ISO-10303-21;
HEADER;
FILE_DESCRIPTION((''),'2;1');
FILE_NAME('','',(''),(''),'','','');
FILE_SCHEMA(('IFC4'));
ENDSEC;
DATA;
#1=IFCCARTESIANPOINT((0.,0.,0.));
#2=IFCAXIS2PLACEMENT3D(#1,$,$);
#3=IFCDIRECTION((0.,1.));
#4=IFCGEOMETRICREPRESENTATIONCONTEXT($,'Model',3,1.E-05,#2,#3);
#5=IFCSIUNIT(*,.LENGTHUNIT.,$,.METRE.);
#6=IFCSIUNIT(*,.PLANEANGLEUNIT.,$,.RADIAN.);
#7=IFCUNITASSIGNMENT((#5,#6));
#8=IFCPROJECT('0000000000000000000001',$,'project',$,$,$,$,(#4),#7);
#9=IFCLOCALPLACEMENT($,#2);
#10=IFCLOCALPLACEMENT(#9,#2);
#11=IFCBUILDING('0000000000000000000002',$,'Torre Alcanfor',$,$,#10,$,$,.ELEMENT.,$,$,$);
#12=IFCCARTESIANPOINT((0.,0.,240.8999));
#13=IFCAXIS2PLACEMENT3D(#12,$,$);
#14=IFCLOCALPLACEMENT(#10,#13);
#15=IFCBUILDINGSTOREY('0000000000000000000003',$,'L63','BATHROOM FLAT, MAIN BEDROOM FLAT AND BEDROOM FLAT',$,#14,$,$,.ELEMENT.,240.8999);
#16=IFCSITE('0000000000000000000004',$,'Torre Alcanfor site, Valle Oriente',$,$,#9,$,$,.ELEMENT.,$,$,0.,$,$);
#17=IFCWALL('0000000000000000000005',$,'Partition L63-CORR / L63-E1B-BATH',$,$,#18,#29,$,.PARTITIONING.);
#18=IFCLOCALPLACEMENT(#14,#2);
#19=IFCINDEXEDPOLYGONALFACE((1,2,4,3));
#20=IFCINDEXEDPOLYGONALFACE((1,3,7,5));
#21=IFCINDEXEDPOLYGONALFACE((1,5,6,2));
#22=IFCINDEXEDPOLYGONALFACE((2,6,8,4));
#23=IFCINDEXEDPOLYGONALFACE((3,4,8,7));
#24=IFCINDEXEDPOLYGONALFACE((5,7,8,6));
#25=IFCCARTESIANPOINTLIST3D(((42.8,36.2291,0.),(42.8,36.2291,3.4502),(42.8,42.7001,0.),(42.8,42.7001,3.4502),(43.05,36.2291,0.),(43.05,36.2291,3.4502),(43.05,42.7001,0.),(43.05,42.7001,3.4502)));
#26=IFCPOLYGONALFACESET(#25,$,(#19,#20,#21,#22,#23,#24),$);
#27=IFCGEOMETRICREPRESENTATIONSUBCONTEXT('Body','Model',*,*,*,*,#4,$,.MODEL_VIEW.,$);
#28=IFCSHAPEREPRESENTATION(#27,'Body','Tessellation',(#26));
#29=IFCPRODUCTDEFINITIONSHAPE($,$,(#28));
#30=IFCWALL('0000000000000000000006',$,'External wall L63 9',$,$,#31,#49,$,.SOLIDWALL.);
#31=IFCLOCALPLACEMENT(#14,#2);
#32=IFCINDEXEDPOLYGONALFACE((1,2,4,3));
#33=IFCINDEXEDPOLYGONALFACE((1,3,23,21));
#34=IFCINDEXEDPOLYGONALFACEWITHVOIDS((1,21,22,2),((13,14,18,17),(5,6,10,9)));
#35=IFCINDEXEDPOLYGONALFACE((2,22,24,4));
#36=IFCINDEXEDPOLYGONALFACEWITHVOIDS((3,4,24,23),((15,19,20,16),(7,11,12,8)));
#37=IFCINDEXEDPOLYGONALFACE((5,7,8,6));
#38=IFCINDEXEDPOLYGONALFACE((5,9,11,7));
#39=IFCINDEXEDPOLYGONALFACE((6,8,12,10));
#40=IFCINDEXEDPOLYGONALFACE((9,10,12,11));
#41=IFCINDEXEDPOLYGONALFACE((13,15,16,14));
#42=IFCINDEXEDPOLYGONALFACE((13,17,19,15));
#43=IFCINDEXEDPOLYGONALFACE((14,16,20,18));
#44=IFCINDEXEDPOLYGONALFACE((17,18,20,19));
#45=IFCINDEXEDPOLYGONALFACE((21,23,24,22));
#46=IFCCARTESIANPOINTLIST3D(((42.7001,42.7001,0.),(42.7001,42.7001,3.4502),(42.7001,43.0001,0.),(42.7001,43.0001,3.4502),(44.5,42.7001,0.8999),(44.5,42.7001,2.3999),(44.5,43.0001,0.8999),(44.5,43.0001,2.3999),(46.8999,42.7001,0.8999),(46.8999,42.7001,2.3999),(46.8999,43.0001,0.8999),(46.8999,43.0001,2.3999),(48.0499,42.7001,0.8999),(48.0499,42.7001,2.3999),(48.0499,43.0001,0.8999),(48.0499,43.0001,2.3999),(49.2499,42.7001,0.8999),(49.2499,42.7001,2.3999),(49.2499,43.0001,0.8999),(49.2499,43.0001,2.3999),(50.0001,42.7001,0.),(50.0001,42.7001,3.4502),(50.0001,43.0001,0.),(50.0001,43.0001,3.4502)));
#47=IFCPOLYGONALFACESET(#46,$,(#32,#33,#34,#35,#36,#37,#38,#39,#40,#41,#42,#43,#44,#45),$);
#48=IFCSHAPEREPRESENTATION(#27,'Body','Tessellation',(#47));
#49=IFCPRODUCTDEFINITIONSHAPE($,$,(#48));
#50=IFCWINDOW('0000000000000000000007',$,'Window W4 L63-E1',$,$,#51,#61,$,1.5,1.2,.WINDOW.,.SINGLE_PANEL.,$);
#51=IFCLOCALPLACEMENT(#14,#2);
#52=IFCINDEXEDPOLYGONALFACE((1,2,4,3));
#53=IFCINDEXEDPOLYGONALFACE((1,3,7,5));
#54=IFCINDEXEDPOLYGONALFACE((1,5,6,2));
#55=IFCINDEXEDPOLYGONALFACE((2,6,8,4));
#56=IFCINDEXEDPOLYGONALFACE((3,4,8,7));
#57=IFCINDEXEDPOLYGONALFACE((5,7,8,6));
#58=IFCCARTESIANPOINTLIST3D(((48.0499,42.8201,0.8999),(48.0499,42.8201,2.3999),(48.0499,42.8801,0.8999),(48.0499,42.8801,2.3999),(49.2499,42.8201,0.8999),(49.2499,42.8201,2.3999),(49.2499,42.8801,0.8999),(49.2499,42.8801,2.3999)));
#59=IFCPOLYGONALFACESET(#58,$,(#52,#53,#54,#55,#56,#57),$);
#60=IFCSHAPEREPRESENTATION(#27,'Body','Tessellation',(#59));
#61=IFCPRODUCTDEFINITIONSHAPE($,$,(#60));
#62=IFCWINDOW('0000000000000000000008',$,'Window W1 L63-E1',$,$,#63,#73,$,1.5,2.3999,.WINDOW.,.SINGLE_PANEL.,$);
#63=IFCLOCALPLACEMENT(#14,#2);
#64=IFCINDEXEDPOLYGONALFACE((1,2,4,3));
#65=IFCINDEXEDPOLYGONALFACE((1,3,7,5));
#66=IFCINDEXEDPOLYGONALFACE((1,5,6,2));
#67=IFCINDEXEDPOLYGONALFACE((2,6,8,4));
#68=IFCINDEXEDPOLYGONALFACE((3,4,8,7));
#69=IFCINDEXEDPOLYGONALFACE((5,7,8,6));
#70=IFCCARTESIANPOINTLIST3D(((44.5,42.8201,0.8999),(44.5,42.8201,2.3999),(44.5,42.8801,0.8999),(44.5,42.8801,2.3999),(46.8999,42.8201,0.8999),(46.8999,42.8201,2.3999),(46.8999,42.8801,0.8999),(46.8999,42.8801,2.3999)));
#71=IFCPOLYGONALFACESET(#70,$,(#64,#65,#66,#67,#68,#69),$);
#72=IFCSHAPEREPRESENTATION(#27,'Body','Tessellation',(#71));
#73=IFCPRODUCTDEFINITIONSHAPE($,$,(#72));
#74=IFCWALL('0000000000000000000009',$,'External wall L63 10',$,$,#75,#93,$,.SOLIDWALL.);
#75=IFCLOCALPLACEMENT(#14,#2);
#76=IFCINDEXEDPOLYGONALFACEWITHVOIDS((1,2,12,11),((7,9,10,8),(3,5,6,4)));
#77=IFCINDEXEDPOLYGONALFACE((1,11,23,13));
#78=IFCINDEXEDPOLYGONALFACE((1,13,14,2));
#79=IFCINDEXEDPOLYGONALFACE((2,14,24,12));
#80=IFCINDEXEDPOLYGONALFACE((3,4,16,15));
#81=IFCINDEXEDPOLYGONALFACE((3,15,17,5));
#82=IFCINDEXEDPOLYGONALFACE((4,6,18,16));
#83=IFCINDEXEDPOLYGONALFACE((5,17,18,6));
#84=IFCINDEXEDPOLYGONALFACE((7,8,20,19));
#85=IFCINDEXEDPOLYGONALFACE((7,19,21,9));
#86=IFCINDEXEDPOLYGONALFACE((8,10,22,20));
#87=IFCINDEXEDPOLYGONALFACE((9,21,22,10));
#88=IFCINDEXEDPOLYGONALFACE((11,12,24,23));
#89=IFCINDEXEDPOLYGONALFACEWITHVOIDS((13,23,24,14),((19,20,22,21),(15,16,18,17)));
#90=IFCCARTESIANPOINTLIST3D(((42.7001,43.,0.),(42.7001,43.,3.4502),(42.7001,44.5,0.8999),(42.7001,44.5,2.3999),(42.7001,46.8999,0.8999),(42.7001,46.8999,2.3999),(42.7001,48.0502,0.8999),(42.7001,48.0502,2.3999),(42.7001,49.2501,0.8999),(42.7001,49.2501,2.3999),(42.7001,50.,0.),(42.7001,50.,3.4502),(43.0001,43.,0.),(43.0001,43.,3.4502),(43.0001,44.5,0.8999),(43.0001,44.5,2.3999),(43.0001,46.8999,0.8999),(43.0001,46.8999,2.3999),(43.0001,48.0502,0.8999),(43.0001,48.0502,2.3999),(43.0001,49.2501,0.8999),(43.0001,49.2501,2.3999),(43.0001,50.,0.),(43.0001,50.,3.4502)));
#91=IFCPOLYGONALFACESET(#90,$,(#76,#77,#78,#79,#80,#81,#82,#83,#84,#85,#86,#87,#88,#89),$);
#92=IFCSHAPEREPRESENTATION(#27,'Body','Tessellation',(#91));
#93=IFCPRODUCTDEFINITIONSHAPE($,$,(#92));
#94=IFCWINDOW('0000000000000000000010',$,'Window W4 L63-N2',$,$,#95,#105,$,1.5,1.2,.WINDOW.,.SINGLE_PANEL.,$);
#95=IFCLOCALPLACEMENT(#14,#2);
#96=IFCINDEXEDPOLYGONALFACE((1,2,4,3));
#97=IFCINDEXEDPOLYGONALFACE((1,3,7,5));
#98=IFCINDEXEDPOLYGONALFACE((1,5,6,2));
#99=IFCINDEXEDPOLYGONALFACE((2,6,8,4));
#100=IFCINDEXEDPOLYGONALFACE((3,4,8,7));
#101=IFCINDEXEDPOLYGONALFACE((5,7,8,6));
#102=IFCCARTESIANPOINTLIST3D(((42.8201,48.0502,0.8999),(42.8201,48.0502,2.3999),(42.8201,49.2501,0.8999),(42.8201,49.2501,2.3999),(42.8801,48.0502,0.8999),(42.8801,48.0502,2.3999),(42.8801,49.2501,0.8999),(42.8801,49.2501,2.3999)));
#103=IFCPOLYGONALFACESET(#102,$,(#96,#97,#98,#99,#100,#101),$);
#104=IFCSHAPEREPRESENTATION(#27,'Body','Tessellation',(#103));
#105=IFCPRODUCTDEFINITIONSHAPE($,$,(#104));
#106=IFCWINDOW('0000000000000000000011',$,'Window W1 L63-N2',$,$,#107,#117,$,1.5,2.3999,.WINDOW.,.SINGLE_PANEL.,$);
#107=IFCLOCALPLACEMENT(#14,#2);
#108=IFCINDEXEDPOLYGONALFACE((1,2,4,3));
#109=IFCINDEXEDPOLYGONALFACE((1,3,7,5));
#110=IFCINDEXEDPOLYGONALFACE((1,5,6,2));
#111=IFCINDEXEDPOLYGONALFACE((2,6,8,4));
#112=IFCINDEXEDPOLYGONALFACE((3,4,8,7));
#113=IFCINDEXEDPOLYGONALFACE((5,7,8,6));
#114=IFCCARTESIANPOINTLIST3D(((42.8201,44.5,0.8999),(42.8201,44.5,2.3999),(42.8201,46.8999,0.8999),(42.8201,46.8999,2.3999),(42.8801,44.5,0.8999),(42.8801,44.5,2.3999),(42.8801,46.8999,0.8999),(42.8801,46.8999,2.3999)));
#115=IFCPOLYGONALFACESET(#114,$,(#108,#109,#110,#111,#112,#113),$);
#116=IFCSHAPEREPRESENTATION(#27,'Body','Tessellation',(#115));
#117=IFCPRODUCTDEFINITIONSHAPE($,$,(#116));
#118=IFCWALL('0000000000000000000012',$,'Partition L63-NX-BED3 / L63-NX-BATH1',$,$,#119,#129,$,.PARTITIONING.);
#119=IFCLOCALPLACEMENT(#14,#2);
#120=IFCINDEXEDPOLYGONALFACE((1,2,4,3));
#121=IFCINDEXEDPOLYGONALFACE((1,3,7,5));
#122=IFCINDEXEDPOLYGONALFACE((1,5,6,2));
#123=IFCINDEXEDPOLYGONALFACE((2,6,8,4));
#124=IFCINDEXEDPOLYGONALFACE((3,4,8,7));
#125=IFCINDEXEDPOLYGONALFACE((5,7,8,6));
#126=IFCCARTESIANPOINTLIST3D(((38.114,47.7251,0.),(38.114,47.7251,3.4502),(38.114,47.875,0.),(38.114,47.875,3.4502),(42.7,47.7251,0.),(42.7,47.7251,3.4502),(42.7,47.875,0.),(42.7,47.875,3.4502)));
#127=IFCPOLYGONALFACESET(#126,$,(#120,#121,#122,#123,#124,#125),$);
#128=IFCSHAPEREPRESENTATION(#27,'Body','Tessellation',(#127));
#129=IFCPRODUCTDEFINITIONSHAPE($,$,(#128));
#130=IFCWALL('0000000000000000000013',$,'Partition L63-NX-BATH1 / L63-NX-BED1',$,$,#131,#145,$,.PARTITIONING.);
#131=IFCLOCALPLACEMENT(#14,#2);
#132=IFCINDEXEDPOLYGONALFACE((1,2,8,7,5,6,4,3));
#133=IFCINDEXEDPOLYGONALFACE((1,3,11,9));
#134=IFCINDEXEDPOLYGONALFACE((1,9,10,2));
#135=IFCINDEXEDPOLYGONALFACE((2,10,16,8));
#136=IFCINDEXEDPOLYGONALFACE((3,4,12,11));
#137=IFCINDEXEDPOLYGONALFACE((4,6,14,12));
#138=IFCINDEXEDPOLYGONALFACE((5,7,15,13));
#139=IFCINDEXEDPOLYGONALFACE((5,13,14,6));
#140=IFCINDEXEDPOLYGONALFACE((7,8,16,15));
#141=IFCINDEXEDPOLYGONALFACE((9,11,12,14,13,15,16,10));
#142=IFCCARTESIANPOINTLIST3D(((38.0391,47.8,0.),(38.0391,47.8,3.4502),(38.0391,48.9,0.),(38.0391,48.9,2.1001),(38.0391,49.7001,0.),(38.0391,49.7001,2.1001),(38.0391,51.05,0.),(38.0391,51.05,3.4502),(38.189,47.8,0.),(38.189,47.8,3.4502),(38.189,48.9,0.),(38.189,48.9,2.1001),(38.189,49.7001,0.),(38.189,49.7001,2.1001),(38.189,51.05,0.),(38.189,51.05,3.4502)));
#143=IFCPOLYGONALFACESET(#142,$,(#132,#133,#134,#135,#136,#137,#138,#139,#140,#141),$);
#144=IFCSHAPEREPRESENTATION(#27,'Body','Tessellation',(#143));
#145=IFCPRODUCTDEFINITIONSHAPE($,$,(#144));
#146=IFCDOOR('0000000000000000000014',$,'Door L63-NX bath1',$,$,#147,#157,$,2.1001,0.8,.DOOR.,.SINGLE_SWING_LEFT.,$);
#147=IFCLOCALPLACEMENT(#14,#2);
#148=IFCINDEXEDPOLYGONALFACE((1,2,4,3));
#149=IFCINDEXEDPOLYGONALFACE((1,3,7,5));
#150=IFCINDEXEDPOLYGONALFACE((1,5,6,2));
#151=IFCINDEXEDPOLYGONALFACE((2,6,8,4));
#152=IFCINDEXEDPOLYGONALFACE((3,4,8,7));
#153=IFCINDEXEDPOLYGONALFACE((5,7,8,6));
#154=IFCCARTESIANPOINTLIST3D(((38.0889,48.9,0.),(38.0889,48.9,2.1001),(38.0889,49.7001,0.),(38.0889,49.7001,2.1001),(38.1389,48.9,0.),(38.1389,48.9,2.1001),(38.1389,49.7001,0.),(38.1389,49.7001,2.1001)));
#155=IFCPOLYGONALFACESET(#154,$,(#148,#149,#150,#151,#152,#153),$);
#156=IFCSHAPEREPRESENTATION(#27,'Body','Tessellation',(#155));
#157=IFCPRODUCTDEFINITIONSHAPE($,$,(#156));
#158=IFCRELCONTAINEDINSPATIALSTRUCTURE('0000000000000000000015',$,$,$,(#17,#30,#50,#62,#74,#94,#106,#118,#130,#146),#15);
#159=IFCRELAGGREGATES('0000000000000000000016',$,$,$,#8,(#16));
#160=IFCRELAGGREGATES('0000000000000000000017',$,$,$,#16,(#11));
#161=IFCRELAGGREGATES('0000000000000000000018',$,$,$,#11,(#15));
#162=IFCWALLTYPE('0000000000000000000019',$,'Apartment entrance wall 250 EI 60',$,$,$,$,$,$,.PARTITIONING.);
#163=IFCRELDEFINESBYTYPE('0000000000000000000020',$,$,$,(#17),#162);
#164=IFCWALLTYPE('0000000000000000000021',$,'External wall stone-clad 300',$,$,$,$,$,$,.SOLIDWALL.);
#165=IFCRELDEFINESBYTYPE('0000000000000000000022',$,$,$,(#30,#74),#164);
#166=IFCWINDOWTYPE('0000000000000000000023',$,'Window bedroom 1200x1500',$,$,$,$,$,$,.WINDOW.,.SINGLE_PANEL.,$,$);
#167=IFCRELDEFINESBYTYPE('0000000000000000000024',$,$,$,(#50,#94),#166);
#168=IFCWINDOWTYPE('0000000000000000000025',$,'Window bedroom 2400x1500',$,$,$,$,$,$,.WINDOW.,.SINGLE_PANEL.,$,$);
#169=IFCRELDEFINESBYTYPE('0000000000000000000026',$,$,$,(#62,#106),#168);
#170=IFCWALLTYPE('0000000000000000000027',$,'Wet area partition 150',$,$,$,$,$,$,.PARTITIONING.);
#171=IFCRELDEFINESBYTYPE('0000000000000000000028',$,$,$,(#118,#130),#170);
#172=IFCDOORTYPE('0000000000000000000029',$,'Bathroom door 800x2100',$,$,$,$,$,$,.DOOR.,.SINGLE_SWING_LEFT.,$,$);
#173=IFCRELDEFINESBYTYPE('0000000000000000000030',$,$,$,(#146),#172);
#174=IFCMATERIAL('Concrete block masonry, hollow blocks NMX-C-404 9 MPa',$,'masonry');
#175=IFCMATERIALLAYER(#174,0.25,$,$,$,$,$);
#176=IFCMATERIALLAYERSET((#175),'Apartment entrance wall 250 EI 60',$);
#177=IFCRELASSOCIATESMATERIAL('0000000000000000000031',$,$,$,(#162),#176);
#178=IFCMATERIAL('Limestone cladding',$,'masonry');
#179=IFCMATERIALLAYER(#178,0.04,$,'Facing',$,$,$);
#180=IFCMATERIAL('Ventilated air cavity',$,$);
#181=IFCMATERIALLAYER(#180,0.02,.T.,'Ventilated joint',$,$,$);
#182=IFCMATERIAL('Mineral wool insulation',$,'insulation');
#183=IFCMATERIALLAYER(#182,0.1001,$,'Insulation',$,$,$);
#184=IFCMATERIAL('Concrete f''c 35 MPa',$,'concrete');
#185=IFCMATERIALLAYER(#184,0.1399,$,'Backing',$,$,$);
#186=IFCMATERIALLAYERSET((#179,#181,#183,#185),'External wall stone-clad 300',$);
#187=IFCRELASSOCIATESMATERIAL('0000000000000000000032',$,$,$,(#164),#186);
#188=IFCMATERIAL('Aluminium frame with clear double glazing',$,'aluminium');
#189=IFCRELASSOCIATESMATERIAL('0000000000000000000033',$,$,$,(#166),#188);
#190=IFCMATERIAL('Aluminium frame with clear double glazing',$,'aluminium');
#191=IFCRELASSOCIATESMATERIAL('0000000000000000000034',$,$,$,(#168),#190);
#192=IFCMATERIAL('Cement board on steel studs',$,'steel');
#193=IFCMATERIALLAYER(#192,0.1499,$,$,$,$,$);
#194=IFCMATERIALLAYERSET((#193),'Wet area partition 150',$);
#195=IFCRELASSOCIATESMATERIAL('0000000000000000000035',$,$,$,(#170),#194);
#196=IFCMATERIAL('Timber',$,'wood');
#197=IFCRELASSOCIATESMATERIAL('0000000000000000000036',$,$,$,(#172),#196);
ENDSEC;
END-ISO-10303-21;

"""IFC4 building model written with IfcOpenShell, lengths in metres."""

from ifc_helpers import new_model, si_unit, direction, frame, frame_2d, origin, place, context, subcontext, project, spatial, rectangle, extrude, material, layer, layer_set, type_object, element, fill, save


model = new_model("IFC4")

# Units and contexts
model_context = context("Model", 3, precision=1e-05, world=origin(), true_north=direction((0.0, 1.0)))
body_context = subcontext(model_context, "Body", "Model", "MODEL_VIEW")
ifc_project = project(units=[si_unit("LENGTHUNIT", "METRE"), si_unit("PLANEANGLEUNIT", "RADIAN")], contexts=[model_context])

# Site, building, storey
site_placement = place(None, origin())
site = spatial("IfcSite", under=ifc_project, at=site_placement, Name="Torre Alcanfor site, Valle Oriente", CompositionType="ELEMENT", RefElevation=0.0)
building_placement = place(site_placement, origin())
building = spatial("IfcBuilding", under=site, at=building_placement, Name="Torre Alcanfor", CompositionType="ELEMENT")
storey_placement = place(building_placement, frame((0.0, 0.0, 240.8999)))
storey = spatial("IfcBuildingStorey", under=building, at=storey_placement, Name="L63", Description="BATHROOM FLAT, MAIN BEDROOM FLAT AND BEDROOM FLAT", CompositionType="ELEMENT", Elevation=240.8999)

# Wall
ifc_material_1 = material(Name="Concrete block masonry, hollow blocks NMX-C-404 9 MPa", Category="masonry")
ifc_layer_1 = layer(ifc_material_1, 0.25)
ifc_layer_set_1 = layer_set([ifc_layer_1], Name="Apartment entrance wall 250 EI 60")
wall_type_1 = type_object("IfcWallType", Name="Apartment entrance wall 250 EI 60", PredefinedType="PARTITIONING", material=ifc_layer_set_1)
wall_1_placement = place(storey_placement, frame((42.925, 42.7, 0.0), z_axis=(0.0, 0.0, 1.0), x_axis=(0.0, -1.0, 0.0)))
element("IfcWall", 1, at=wall_1_placement, inside=storey, type_object=wall_type_1, Name="Partition L63-CORR / L63-E1B-BATH", PredefinedType="PARTITIONING", context=body_context, shape_type="SweptSolid", body=[
    extrude(rectangle(XDim=6.4709, YDim=0.25, at=frame_2d((3.2354, 0.0))), origin(), (0.0, 0.0, 1.0), 3.4502),
])

# Walls, openings, windows
ifc_material_2 = material(Name="Limestone cladding", Category="masonry")
ifc_layer_2 = layer(ifc_material_2, 0.04, Name="Facing")
ifc_material_3 = material(Name="Ventilated air cavity")
ifc_layer_3 = layer(ifc_material_3, 0.02, ventilated=True, Name="Ventilated joint")
ifc_material_4 = material(Name="Mineral wool insulation", Category="insulation")
ifc_layer_4 = layer(ifc_material_4, 0.1001, Name="Insulation")
ifc_material_5 = material(Name="Concrete f'c 35 MPa", Category="concrete")
ifc_layer_5 = layer(ifc_material_5, 0.1399, Name="Backing")
ifc_layer_set_2 = layer_set([ifc_layer_2, ifc_layer_3, ifc_layer_4, ifc_layer_5], Name="External wall stone-clad 300")
wall_type_2 = type_object("IfcWallType", Name="External wall stone-clad 300", PredefinedType="SOLIDWALL", material=ifc_layer_set_2)
wall_2_placement = place(storey_placement, frame((50.0, 42.8501, 0.0), z_axis=(0.0, 0.0, 1.0), x_axis=(-1.0, 0.0, 0.0)))
wall_2 = element("IfcWall", 2, at=wall_2_placement, inside=storey, type_object=wall_type_2, Name="External wall L63 9", PredefinedType="SOLIDWALL", context=body_context, shape_type="SweptSolid", body=[
    extrude(rectangle(XDim=7.3, YDim=0.3, at=frame_2d((3.6499, 0.0))), origin(), (0.0, 0.0, 1.0), 3.4502),
])
opening_1_placement = place(wall_2_placement, frame((3.1001, 0.0, 0.8999)))
opening_1 = element("IfcOpeningElement", 3, at=opening_1_placement, cuts=wall_2, PredefinedType="OPENING", context=body_context, shape_type="SweptSolid", body=[
    extrude(rectangle(XDim=2.3999, YDim=1.5, at=frame_2d((1.2, 0.75))), frame((0.0, 0.1599, 0.0), z_axis=(0.0, -1.0, 0.0), x_axis=(1.0, 0.0, 0.0)), (0.0, 0.0, 1.0), 0.3201),
])
opening_2_placement = place(wall_2_placement, frame((0.75, 0.0, 0.8999)))
opening_2 = element("IfcOpeningElement", 4, at=opening_2_placement, cuts=wall_2, PredefinedType="OPENING", context=body_context, shape_type="SweptSolid", body=[
    extrude(rectangle(XDim=1.2, YDim=1.5, at=frame_2d((0.6001, 0.75))), frame((0.0, 0.1599, 0.0), z_axis=(0.0, -1.0, 0.0), x_axis=(1.0, 0.0, 0.0)), (0.0, 0.0, 1.0), 0.3201),
])
ifc_material_6 = material(Name="Aluminium frame with clear double glazing", Category="aluminium")
window_type_1 = type_object("IfcWindowType", Name="Window bedroom 1200x1500", PartitioningType="SINGLE_PANEL", PredefinedType="WINDOW", material=ifc_material_6)
window_1_placement = place(opening_2_placement, origin())
window_1 = element("IfcWindow", 5, at=window_1_placement, inside=storey, type_object=window_type_1, Name="Window W4 L63-E1", OverallHeight=1.5, OverallWidth=1.2, PartitioningType="SINGLE_PANEL", PredefinedType="WINDOW", context=body_context, shape_type="SweptSolid", body=[
    extrude(rectangle(XDim=1.2, YDim=1.5, at=frame_2d((0.6001, 0.75))), frame((0.0, 0.03, 0.0), z_axis=(0.0, -1.0, 0.0), x_axis=(1.0, 0.0, 0.0)), (0.0, 0.0, 1.0), 0.0601),
])
fill(opening_2, window_1)
ifc_material_7 = material(Name="Aluminium frame with clear double glazing", Category="aluminium")
window_type_2 = type_object("IfcWindowType", Name="Window bedroom 2400x1500", PartitioningType="SINGLE_PANEL", PredefinedType="WINDOW", material=ifc_material_7)
window_2_placement = place(opening_1_placement, origin())
window_2 = element("IfcWindow", 6, at=window_2_placement, inside=storey, type_object=window_type_2, Name="Window W1 L63-E1", OverallHeight=1.5, OverallWidth=2.3999, PartitioningType="SINGLE_PANEL", PredefinedType="WINDOW", context=body_context, shape_type="SweptSolid", body=[
    extrude(rectangle(XDim=2.3999, YDim=1.5, at=frame_2d((1.2, 0.75))), frame((0.0, 0.03, 0.0), z_axis=(0.0, -1.0, 0.0), x_axis=(1.0, 0.0, 0.0)), (0.0, 0.0, 1.0), 0.0601),
])
fill(opening_1, window_2)
wall_3_placement = place(storey_placement, frame((42.8501, 43.0, 0.0), z_axis=(0.0, 0.0, 1.0), x_axis=(0.0, 1.0, 0.0)))
wall_3 = element("IfcWall", 7, at=wall_3_placement, inside=storey, type_object=wall_type_2, Name="External wall L63 10", PredefinedType="SOLIDWALL", context=body_context, shape_type="SweptSolid", body=[
    extrude(rectangle(XDim=7.0, YDim=0.3, at=frame_2d((3.5, 0.0))), origin(), (0.0, 0.0, 1.0), 3.4502),
])
opening_3_placement = place(wall_3_placement, frame((1.5, 0.0, 0.8999)))
opening_3 = element("IfcOpeningElement", 8, at=opening_3_placement, cuts=wall_3, PredefinedType="OPENING", context=body_context, shape_type="SweptSolid", body=[
    extrude(rectangle(XDim=2.3999, YDim=1.5, at=frame_2d((1.2, 0.75))), frame((0.0, 0.1599, 0.0), z_axis=(0.0, -1.0, 0.0), x_axis=(1.0, 0.0, 0.0)), (0.0, 0.0, 1.0), 0.3201),
])
opening_4_placement = place(wall_3_placement, frame((5.05, 0.0, 0.8999)))
opening_4 = element("IfcOpeningElement", 9, at=opening_4_placement, cuts=wall_3, PredefinedType="OPENING", context=body_context, shape_type="SweptSolid", body=[
    extrude(rectangle(XDim=1.2, YDim=1.5, at=frame_2d((0.6001, 0.75))), frame((0.0, 0.1599, 0.0), z_axis=(0.0, -1.0, 0.0), x_axis=(1.0, 0.0, 0.0)), (0.0, 0.0, 1.0), 0.3201),
])
window_3_placement = place(opening_4_placement, origin())
window_3 = element("IfcWindow", 10, at=window_3_placement, inside=storey, type_object=window_type_1, Name="Window W4 L63-N2", OverallHeight=1.5, OverallWidth=1.2, PartitioningType="SINGLE_PANEL", PredefinedType="WINDOW", context=body_context, shape_type="SweptSolid", body=[
    extrude(rectangle(XDim=1.2, YDim=1.5, at=frame_2d((0.6001, 0.75))), frame((0.0, 0.03, 0.0), z_axis=(0.0, -1.0, 0.0), x_axis=(1.0, 0.0, 0.0)), (0.0, 0.0, 1.0), 0.0601),
])
fill(opening_4, window_3)
window_4_placement = place(opening_3_placement, origin())
window_4 = element("IfcWindow", 11, at=window_4_placement, inside=storey, type_object=window_type_2, Name="Window W1 L63-N2", OverallHeight=1.5, OverallWidth=2.3999, PartitioningType="SINGLE_PANEL", PredefinedType="WINDOW", context=body_context, shape_type="SweptSolid", body=[
    extrude(rectangle(XDim=2.3999, YDim=1.5, at=frame_2d((1.2, 0.75))), frame((0.0, 0.03, 0.0), z_axis=(0.0, -1.0, 0.0), x_axis=(1.0, 0.0, 0.0)), (0.0, 0.0, 1.0), 0.0601),
])
fill(opening_3, window_4)

# Wall
ifc_material_8 = material(Name="Cement board on steel studs", Category="steel")
ifc_layer_6 = layer(ifc_material_8, 0.1499)
ifc_layer_set_3 = layer_set([ifc_layer_6], Name="Wet area partition 150")
wall_type_3 = type_object("IfcWallType", Name="Wet area partition 150", PredefinedType="PARTITIONING", material=ifc_layer_set_3)
wall_4_placement = place(storey_placement, frame((42.7, 47.8, 0.0), z_axis=(0.0, 0.0, 1.0), x_axis=(-1.0, 0.0, 0.0)))
element("IfcWall", 12, at=wall_4_placement, inside=storey, type_object=wall_type_3, Name="Partition L63-NX-BED3 / L63-NX-BATH1", PredefinedType="PARTITIONING", context=body_context, shape_type="SweptSolid", body=[
    extrude(rectangle(XDim=4.5859, YDim=0.1499, at=frame_2d((2.293, 0.0))), origin(), (0.0, 0.0, 1.0), 3.4502),
])

# Wall, opening, door
wall_5_placement = place(storey_placement, frame((38.114, 51.05, 0.0), z_axis=(0.0, 0.0, 1.0), x_axis=(0.0, -1.0, 0.0)))
wall_5 = element("IfcWall", 13, at=wall_5_placement, inside=storey, type_object=wall_type_3, Name="Partition L63-NX-BATH1 / L63-NX-BED1", PredefinedType="PARTITIONING", context=body_context, shape_type="SweptSolid", body=[
    extrude(rectangle(XDim=3.25, YDim=0.1499, at=frame_2d((1.625, 0.0))), origin(), (0.0, 0.0, 1.0), 3.4502),
])
opening_5_placement = place(wall_5_placement, frame((1.3501, 0.0, 0.0)))
opening_5 = element("IfcOpeningElement", 14, at=opening_5_placement, cuts=wall_5, PredefinedType="OPENING", context=body_context, shape_type="SweptSolid", body=[
    extrude(rectangle(XDim=0.8, YDim=2.1001, at=frame_2d((0.3999, 1.05))), frame((0.0, 0.085, 0.0), z_axis=(0.0, -1.0, 0.0), x_axis=(1.0, 0.0, 0.0)), (0.0, 0.0, 1.0), 0.1699),
])
ifc_material_9 = material(Name="Timber", Category="wood")
door_type = type_object("IfcDoorType", Name="Bathroom door 800x2100", OperationType="SINGLE_SWING_LEFT", PredefinedType="DOOR", material=ifc_material_9)
door_placement = place(opening_5_placement, frame((0.8, 0.0, 0.0), z_axis=(0.0, 0.0, 1.0), x_axis=(-1.0, 0.0, 0.0)))
door = element("IfcDoor", 15, at=door_placement, inside=storey, type_object=door_type, Name="Door L63-NX bath1", OperationType="SINGLE_SWING_LEFT", OverallHeight=2.1001, OverallWidth=0.8, PredefinedType="DOOR", context=body_context, shape_type="SweptSolid", body=[
    extrude(rectangle(XDim=0.8, YDim=2.1001, at=frame_2d((0.4001, 1.05))), frame((0.0, 0.0251, 0.0), z_axis=(0.0, -1.0, 0.0), x_axis=(1.0, 0.0, 0.0)), (0.0, 0.0, 1.0), 0.05),
])
fill(opening_5, door)

save(model, "model.ifc")
